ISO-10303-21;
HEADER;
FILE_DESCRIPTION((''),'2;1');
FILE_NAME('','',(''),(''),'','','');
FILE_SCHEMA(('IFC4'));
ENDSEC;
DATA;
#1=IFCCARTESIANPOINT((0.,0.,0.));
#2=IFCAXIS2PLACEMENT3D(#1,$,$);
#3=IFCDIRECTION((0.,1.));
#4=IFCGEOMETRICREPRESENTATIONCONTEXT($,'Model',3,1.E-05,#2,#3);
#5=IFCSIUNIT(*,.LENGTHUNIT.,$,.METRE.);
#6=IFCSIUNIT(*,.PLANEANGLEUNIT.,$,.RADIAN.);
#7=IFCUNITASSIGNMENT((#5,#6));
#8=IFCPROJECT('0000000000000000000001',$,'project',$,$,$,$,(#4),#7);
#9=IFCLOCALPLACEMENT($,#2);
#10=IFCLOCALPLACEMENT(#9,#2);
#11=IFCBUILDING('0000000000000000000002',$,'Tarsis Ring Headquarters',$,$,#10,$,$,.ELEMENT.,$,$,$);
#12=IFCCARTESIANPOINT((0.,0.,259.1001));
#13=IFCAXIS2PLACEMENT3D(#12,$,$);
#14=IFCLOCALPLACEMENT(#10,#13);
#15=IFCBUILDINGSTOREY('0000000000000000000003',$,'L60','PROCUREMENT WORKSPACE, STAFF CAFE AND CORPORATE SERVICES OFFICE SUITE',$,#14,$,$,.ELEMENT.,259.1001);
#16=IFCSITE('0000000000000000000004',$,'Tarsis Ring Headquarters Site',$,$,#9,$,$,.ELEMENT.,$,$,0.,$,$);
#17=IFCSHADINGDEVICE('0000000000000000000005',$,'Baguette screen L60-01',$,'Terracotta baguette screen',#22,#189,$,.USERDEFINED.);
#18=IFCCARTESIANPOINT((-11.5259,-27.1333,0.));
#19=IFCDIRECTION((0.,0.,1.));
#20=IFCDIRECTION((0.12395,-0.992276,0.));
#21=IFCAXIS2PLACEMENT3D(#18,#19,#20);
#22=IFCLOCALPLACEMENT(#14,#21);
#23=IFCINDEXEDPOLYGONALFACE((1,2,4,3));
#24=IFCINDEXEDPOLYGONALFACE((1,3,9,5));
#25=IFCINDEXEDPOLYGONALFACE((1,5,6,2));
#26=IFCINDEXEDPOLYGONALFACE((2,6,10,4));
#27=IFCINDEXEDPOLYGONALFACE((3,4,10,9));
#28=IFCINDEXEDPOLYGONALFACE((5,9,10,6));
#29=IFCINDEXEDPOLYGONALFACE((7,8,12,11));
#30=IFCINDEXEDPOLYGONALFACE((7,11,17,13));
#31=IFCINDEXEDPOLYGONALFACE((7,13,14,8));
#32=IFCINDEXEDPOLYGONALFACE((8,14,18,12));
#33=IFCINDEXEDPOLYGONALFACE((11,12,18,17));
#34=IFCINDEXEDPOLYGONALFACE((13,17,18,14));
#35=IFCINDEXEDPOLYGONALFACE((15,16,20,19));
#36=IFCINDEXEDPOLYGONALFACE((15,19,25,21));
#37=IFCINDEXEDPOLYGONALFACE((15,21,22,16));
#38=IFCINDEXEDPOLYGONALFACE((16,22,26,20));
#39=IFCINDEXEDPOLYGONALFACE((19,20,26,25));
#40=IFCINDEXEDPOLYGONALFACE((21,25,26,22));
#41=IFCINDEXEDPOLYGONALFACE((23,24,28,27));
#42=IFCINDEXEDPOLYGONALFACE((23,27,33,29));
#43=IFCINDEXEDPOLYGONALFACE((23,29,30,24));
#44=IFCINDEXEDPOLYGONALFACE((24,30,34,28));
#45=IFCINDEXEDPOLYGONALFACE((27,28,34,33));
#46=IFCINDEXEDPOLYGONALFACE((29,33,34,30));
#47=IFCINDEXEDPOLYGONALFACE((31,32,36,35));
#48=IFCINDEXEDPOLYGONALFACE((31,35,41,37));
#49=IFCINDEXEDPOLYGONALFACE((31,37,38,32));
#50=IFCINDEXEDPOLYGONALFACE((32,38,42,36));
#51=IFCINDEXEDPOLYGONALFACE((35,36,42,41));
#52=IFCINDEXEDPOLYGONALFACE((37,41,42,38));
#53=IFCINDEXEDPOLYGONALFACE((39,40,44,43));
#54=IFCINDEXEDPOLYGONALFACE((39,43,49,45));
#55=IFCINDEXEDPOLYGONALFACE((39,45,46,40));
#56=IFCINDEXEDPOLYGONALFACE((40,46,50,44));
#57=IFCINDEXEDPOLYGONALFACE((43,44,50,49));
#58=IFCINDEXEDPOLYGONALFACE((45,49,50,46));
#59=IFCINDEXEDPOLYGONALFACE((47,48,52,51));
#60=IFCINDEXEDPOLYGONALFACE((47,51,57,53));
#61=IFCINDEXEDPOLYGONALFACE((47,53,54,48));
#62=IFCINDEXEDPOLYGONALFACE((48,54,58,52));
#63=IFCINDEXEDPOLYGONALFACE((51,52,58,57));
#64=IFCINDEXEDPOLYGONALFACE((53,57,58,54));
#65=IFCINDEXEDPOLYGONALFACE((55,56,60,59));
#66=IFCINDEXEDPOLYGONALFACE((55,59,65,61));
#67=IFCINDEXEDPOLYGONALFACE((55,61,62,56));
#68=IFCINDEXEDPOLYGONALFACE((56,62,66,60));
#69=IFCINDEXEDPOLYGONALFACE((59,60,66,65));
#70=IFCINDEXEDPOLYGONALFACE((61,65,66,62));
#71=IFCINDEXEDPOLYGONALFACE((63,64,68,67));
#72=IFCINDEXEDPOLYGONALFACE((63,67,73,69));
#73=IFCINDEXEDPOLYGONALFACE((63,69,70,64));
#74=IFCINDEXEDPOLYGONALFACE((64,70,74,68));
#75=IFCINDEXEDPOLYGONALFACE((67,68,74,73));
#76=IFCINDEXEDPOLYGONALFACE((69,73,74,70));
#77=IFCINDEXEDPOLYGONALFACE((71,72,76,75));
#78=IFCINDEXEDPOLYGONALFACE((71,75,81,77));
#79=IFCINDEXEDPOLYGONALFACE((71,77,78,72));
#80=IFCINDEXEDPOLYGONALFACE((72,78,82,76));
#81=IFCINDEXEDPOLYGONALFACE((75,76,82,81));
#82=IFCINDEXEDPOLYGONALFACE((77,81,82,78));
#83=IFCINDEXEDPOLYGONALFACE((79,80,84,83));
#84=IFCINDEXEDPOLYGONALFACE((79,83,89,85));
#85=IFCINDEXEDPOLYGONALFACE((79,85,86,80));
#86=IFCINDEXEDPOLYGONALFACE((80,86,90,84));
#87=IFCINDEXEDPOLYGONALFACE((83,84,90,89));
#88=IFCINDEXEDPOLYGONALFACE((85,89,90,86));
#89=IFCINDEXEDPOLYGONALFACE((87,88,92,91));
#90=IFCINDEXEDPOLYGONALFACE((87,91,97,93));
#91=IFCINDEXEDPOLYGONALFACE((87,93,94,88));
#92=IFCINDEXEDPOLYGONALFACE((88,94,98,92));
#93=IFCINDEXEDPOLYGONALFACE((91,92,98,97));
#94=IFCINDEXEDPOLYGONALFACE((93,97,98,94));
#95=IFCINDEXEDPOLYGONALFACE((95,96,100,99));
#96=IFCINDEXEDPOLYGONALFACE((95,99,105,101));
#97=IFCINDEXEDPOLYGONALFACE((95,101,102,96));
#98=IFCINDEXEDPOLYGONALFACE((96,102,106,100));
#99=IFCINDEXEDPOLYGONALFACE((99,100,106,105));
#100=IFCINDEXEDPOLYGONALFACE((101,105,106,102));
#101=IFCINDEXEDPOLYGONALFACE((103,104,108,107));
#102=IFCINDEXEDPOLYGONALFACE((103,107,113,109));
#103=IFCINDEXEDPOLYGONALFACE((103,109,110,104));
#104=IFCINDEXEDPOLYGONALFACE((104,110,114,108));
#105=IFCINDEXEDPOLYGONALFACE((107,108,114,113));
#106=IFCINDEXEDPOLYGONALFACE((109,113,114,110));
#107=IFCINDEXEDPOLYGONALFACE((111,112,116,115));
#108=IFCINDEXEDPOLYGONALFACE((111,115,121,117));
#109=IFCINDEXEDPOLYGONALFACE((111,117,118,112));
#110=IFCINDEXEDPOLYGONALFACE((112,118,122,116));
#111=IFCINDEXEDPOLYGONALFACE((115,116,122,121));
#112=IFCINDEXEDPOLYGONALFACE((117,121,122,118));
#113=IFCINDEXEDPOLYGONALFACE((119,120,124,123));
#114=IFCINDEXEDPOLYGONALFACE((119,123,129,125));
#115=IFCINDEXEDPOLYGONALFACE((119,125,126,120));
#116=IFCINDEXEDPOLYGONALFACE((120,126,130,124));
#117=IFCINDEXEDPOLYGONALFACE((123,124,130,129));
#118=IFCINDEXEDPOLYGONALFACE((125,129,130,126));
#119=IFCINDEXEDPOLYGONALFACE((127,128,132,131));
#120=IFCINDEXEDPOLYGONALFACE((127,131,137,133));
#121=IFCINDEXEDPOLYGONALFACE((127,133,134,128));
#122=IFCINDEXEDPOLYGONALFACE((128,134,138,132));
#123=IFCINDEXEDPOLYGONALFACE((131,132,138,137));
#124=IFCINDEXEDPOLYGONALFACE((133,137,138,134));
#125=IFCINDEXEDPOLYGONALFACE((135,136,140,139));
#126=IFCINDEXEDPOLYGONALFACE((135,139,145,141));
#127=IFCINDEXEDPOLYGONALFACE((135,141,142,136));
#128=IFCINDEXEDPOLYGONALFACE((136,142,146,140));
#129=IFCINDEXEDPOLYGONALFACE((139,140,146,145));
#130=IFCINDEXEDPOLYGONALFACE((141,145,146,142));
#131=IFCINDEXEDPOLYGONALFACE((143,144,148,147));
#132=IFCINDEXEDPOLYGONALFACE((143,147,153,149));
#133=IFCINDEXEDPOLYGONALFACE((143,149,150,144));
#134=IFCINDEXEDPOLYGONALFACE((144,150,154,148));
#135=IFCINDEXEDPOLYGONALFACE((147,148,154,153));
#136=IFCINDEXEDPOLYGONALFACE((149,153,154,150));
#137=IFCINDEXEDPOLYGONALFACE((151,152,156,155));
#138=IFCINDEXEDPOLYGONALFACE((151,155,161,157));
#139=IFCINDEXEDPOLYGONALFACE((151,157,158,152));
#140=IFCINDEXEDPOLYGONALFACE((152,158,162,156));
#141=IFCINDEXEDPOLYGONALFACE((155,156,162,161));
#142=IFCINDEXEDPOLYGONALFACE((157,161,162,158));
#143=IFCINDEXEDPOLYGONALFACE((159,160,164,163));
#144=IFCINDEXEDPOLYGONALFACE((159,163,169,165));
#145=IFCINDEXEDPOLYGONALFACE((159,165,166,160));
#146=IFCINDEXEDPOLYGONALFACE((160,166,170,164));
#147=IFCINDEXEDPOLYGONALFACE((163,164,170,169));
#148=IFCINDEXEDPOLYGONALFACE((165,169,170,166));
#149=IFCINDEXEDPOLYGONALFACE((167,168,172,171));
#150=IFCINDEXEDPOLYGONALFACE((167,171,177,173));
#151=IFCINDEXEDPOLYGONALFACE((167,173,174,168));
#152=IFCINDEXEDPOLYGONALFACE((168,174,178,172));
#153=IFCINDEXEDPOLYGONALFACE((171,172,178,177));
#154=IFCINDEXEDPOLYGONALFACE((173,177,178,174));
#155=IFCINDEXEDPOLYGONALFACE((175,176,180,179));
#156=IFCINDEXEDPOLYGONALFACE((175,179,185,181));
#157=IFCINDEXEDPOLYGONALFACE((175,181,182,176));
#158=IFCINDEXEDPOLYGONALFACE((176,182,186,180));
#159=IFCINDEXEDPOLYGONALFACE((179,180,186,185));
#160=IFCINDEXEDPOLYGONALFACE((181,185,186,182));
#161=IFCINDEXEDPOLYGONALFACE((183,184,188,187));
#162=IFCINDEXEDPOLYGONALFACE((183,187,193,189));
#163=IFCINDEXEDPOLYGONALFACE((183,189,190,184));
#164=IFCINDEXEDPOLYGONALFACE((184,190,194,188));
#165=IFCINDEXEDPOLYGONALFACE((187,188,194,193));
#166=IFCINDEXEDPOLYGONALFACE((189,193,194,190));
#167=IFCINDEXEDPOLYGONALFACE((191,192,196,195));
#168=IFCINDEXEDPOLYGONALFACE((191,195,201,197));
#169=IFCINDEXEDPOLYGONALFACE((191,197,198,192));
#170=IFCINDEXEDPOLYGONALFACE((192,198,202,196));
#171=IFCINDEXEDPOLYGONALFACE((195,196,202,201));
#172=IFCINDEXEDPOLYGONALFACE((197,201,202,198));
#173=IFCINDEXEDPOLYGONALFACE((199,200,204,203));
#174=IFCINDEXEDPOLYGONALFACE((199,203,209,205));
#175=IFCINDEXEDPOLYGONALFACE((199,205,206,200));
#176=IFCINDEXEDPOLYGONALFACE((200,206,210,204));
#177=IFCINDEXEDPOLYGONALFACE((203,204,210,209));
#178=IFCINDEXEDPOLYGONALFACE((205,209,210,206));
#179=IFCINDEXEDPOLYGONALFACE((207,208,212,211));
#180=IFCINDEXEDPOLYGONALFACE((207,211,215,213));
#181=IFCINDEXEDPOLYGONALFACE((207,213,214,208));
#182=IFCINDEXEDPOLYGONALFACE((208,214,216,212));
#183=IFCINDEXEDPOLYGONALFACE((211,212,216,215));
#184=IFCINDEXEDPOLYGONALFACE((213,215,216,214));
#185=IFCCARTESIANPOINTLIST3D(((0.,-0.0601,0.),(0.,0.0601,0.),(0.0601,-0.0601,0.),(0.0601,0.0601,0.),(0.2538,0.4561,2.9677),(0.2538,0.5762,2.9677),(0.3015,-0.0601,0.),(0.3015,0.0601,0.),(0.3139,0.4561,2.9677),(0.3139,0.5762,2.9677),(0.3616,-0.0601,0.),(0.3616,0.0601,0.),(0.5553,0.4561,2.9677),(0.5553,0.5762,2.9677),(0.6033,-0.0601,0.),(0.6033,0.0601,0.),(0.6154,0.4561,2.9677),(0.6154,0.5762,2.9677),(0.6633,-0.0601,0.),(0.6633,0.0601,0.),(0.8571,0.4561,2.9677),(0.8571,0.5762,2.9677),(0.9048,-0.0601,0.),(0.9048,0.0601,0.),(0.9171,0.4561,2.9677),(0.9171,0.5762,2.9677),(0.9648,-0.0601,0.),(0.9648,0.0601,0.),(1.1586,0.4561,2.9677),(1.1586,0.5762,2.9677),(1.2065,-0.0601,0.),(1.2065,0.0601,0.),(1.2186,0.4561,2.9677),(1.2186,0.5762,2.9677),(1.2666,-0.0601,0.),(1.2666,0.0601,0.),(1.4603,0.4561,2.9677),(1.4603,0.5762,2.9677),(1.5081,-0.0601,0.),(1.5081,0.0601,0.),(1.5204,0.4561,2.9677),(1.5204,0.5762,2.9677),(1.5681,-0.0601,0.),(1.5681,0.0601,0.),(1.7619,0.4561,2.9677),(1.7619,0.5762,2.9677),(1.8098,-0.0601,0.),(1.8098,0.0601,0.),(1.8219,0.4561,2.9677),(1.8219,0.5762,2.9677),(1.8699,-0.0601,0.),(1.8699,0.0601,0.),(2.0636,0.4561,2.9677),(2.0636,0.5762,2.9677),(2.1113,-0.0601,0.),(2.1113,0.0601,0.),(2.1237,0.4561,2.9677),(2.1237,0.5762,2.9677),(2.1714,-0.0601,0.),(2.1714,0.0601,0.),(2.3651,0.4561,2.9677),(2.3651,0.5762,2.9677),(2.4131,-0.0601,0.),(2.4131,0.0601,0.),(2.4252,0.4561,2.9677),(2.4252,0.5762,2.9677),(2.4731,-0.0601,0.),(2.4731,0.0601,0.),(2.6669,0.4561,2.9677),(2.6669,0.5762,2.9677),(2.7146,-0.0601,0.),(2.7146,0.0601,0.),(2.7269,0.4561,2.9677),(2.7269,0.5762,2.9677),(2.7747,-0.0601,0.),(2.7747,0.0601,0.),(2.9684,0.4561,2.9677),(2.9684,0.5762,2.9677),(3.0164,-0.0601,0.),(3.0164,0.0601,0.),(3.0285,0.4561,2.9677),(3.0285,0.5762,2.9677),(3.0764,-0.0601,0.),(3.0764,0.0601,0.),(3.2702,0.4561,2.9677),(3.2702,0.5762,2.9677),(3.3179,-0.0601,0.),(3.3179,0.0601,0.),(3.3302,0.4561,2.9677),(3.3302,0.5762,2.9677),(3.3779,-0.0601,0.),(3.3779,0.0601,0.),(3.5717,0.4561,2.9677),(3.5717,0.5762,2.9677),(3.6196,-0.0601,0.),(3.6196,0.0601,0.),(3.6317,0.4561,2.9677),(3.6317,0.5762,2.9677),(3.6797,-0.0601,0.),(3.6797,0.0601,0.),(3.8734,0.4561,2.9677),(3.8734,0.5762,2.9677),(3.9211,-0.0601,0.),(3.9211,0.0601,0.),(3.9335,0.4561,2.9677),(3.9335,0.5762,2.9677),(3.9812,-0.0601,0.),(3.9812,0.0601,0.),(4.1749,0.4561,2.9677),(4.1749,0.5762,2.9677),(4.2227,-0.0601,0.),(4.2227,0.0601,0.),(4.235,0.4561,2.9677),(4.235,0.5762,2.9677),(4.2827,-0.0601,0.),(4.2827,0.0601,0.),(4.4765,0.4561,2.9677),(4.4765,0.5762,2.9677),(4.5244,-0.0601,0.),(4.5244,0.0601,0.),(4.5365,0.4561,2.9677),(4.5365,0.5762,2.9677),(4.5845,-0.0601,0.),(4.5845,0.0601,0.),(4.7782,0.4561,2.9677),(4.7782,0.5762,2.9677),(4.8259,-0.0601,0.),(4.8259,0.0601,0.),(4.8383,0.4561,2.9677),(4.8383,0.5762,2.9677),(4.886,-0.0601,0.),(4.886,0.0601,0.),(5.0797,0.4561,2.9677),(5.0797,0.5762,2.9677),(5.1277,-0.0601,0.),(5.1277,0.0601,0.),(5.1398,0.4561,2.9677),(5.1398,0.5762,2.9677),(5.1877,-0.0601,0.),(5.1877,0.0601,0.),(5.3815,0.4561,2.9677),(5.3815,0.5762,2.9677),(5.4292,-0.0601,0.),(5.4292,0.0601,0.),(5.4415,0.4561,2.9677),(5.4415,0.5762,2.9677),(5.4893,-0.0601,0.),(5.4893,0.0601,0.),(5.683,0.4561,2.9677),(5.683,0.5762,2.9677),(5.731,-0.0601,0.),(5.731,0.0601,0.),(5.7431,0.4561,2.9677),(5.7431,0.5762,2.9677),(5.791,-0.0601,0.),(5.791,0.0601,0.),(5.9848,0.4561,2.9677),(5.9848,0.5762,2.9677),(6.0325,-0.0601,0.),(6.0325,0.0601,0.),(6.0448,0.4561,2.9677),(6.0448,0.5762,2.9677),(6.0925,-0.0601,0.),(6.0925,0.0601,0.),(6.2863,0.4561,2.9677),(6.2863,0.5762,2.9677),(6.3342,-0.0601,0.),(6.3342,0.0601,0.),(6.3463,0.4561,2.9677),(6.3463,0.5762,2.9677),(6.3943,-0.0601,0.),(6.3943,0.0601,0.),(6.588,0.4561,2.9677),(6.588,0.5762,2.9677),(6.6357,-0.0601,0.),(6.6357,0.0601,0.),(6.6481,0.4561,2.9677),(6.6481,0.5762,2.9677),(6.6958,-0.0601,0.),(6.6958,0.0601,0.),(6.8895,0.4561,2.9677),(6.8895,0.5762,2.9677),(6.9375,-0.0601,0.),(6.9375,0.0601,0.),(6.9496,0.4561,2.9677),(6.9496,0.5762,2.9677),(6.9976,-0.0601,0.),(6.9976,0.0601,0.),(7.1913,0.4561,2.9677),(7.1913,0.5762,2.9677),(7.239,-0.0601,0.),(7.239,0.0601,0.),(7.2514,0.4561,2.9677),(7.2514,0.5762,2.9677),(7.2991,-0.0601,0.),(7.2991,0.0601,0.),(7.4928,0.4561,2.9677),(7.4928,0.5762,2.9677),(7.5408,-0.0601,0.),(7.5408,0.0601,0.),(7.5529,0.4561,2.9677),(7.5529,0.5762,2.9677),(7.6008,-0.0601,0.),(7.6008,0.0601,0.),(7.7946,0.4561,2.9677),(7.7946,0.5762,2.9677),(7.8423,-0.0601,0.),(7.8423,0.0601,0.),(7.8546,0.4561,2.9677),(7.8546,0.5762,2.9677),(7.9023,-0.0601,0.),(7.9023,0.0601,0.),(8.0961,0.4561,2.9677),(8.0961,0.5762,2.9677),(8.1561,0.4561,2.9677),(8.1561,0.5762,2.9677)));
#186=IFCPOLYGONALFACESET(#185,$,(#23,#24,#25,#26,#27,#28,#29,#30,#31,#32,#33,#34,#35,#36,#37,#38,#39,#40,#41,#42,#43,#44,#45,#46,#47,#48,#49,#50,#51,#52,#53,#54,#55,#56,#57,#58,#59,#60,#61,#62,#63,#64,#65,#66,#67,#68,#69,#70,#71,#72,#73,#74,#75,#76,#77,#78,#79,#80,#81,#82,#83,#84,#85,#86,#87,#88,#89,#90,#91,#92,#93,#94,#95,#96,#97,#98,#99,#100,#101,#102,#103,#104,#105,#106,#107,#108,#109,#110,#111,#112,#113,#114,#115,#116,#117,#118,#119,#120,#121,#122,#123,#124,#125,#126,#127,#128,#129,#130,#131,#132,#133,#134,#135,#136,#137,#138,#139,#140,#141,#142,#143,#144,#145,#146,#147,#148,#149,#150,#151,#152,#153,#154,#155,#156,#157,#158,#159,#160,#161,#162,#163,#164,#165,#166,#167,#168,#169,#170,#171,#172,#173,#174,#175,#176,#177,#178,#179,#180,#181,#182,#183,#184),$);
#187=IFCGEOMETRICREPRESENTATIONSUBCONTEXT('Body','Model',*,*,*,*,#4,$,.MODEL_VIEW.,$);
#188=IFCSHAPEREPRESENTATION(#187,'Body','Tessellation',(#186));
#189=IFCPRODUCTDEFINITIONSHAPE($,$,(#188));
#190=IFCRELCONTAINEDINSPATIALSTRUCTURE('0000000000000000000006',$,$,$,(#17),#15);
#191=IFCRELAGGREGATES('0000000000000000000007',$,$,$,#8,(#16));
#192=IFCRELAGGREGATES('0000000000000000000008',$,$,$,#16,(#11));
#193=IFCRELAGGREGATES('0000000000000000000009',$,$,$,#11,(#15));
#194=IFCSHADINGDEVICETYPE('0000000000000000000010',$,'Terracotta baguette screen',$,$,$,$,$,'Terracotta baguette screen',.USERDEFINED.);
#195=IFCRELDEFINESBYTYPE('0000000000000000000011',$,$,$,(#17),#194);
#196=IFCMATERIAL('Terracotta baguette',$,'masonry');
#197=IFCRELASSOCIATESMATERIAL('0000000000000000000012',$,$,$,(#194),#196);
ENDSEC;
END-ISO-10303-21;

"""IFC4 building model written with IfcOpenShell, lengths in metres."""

from ifc_helpers import new_model, si_unit, direction, frame, frame_2d, origin, place, context, subcontext, project, spatial, rectangle, composite_profile, extrude, material, type_object, element, save


model = new_model("IFC4")

# Units and contexts
model_context = context("Model", 3, precision=1e-05, world=origin(), true_north=direction((0.0, 1.0)))
body_context = subcontext(model_context, "Body", "Model", "MODEL_VIEW")
ifc_project = project(units=[si_unit("LENGTHUNIT", "METRE"), si_unit("PLANEANGLEUNIT", "RADIAN")], contexts=[model_context])

# Site, building, storey
site_placement = place(None, origin())
site = spatial("IfcSite", under=ifc_project, at=site_placement, Name="Tarsis Ring Headquarters Site", CompositionType="ELEMENT", RefElevation=0.0)
building_placement = place(site_placement, origin())
building = spatial("IfcBuilding", under=site, at=building_placement, Name="Tarsis Ring Headquarters", CompositionType="ELEMENT")
storey_placement = place(building_placement, frame((0.0, 0.0, 259.1001)))
storey = spatial("IfcBuildingStorey", under=building, at=storey_placement, Name="L60", Description="PROCUREMENT WORKSPACE, STAFF CAFE AND CORPORATE SERVICES OFFICE SUITE", CompositionType="ELEMENT", Elevation=259.1001)

# Shading device
ifc_material_1 = material(Name="Terracotta baguette", Category="masonry")
shading_device_type_1 = type_object("IfcShadingDeviceType", Name="Terracotta baguette screen", ElementType="Terracotta baguette screen", PredefinedType="USERDEFINED", material=ifc_material_1)
shading_device_1_placement = place(storey_placement, frame((-11.5259, -27.1333, 0.0), z_axis=(0.0, 0.0, 1.0), x_axis=(0.12395, -0.992276, 0.0)))
element("IfcShadingDevice", 1, at=shading_device_1_placement, inside=storey, type_object=shading_device_type_1, Name="Baguette screen L60-01", ObjectType="Terracotta baguette screen", PredefinedType="USERDEFINED", context=body_context, shape_type="SweptSolid", body=[
    extrude(composite_profile([rectangle(XDim=0.0601, YDim=0.1201, at=frame_2d((0.03, 0.0))), rectangle(XDim=0.0601, YDim=0.1201, at=frame_2d((0.3315, 0.0))), rectangle(XDim=0.0601, YDim=0.1201, at=frame_2d((0.6333, 0.0))), rectangle(XDim=0.0601, YDim=0.1201, at=frame_2d((0.9348, 0.0))), rectangle(XDim=0.0601, YDim=0.1201, at=frame_2d((1.2366, 0.0))), rectangle(XDim=0.0601, YDim=0.1201, at=frame_2d((1.5381, 0.0))), rectangle(XDim=0.0601, YDim=0.1201, at=frame_2d((1.8398, 0.0))), rectangle(XDim=0.0601, YDim=0.1201, at=frame_2d((2.1414, 0.0))), rectangle(XDim=0.0601, YDim=0.1201, at=frame_2d((2.4431, 0.0))), rectangle(XDim=0.0601, YDim=0.1201, at=frame_2d((2.7446, 0.0))), rectangle(XDim=0.0601, YDim=0.1201, at=frame_2d((3.0464, 0.0))), rectangle(XDim=0.0601, YDim=0.1201, at=frame_2d((3.3479, 0.0))), rectangle(XDim=0.0601, YDim=0.1201, at=frame_2d((3.6497, 0.0))), rectangle(XDim=0.0601, YDim=0.1201, at=frame_2d((3.9512, 0.0))), rectangle(XDim=0.0601, YDim=0.1201, at=frame_2d((4.2527, 0.0))), rectangle(XDim=0.0601, YDim=0.1201, at=frame_2d((4.5544, 0.0))), rectangle(XDim=0.0601, YDim=0.1201, at=frame_2d((4.856, 0.0))), rectangle(XDim=0.0601, YDim=0.1201, at=frame_2d((5.1577, 0.0))), rectangle(XDim=0.0601, YDim=0.1201, at=frame_2d((5.4592, 0.0))), rectangle(XDim=0.0601, YDim=0.1201, at=frame_2d((5.761, 0.0))), rectangle(XDim=0.0601, YDim=0.1201, at=frame_2d((6.0625, 0.0))), rectangle(XDim=0.0601, YDim=0.1201, at=frame_2d((6.3643, 0.0))), rectangle(XDim=0.0601, YDim=0.1201, at=frame_2d((6.6658, 0.0))), rectangle(XDim=0.0601, YDim=0.1201, at=frame_2d((6.9675, 0.0))), rectangle(XDim=0.0601, YDim=0.1201, at=frame_2d((7.269, 0.0))), rectangle(XDim=0.0601, YDim=0.1201, at=frame_2d((7.5708, 0.0))), rectangle(XDim=0.0601, YDim=0.1201, at=frame_2d((7.8723, 0.0)))]), origin(), (0.083959, 0.170745, 0.981732), 3.0229),
])

save(model, "model.ifc")
